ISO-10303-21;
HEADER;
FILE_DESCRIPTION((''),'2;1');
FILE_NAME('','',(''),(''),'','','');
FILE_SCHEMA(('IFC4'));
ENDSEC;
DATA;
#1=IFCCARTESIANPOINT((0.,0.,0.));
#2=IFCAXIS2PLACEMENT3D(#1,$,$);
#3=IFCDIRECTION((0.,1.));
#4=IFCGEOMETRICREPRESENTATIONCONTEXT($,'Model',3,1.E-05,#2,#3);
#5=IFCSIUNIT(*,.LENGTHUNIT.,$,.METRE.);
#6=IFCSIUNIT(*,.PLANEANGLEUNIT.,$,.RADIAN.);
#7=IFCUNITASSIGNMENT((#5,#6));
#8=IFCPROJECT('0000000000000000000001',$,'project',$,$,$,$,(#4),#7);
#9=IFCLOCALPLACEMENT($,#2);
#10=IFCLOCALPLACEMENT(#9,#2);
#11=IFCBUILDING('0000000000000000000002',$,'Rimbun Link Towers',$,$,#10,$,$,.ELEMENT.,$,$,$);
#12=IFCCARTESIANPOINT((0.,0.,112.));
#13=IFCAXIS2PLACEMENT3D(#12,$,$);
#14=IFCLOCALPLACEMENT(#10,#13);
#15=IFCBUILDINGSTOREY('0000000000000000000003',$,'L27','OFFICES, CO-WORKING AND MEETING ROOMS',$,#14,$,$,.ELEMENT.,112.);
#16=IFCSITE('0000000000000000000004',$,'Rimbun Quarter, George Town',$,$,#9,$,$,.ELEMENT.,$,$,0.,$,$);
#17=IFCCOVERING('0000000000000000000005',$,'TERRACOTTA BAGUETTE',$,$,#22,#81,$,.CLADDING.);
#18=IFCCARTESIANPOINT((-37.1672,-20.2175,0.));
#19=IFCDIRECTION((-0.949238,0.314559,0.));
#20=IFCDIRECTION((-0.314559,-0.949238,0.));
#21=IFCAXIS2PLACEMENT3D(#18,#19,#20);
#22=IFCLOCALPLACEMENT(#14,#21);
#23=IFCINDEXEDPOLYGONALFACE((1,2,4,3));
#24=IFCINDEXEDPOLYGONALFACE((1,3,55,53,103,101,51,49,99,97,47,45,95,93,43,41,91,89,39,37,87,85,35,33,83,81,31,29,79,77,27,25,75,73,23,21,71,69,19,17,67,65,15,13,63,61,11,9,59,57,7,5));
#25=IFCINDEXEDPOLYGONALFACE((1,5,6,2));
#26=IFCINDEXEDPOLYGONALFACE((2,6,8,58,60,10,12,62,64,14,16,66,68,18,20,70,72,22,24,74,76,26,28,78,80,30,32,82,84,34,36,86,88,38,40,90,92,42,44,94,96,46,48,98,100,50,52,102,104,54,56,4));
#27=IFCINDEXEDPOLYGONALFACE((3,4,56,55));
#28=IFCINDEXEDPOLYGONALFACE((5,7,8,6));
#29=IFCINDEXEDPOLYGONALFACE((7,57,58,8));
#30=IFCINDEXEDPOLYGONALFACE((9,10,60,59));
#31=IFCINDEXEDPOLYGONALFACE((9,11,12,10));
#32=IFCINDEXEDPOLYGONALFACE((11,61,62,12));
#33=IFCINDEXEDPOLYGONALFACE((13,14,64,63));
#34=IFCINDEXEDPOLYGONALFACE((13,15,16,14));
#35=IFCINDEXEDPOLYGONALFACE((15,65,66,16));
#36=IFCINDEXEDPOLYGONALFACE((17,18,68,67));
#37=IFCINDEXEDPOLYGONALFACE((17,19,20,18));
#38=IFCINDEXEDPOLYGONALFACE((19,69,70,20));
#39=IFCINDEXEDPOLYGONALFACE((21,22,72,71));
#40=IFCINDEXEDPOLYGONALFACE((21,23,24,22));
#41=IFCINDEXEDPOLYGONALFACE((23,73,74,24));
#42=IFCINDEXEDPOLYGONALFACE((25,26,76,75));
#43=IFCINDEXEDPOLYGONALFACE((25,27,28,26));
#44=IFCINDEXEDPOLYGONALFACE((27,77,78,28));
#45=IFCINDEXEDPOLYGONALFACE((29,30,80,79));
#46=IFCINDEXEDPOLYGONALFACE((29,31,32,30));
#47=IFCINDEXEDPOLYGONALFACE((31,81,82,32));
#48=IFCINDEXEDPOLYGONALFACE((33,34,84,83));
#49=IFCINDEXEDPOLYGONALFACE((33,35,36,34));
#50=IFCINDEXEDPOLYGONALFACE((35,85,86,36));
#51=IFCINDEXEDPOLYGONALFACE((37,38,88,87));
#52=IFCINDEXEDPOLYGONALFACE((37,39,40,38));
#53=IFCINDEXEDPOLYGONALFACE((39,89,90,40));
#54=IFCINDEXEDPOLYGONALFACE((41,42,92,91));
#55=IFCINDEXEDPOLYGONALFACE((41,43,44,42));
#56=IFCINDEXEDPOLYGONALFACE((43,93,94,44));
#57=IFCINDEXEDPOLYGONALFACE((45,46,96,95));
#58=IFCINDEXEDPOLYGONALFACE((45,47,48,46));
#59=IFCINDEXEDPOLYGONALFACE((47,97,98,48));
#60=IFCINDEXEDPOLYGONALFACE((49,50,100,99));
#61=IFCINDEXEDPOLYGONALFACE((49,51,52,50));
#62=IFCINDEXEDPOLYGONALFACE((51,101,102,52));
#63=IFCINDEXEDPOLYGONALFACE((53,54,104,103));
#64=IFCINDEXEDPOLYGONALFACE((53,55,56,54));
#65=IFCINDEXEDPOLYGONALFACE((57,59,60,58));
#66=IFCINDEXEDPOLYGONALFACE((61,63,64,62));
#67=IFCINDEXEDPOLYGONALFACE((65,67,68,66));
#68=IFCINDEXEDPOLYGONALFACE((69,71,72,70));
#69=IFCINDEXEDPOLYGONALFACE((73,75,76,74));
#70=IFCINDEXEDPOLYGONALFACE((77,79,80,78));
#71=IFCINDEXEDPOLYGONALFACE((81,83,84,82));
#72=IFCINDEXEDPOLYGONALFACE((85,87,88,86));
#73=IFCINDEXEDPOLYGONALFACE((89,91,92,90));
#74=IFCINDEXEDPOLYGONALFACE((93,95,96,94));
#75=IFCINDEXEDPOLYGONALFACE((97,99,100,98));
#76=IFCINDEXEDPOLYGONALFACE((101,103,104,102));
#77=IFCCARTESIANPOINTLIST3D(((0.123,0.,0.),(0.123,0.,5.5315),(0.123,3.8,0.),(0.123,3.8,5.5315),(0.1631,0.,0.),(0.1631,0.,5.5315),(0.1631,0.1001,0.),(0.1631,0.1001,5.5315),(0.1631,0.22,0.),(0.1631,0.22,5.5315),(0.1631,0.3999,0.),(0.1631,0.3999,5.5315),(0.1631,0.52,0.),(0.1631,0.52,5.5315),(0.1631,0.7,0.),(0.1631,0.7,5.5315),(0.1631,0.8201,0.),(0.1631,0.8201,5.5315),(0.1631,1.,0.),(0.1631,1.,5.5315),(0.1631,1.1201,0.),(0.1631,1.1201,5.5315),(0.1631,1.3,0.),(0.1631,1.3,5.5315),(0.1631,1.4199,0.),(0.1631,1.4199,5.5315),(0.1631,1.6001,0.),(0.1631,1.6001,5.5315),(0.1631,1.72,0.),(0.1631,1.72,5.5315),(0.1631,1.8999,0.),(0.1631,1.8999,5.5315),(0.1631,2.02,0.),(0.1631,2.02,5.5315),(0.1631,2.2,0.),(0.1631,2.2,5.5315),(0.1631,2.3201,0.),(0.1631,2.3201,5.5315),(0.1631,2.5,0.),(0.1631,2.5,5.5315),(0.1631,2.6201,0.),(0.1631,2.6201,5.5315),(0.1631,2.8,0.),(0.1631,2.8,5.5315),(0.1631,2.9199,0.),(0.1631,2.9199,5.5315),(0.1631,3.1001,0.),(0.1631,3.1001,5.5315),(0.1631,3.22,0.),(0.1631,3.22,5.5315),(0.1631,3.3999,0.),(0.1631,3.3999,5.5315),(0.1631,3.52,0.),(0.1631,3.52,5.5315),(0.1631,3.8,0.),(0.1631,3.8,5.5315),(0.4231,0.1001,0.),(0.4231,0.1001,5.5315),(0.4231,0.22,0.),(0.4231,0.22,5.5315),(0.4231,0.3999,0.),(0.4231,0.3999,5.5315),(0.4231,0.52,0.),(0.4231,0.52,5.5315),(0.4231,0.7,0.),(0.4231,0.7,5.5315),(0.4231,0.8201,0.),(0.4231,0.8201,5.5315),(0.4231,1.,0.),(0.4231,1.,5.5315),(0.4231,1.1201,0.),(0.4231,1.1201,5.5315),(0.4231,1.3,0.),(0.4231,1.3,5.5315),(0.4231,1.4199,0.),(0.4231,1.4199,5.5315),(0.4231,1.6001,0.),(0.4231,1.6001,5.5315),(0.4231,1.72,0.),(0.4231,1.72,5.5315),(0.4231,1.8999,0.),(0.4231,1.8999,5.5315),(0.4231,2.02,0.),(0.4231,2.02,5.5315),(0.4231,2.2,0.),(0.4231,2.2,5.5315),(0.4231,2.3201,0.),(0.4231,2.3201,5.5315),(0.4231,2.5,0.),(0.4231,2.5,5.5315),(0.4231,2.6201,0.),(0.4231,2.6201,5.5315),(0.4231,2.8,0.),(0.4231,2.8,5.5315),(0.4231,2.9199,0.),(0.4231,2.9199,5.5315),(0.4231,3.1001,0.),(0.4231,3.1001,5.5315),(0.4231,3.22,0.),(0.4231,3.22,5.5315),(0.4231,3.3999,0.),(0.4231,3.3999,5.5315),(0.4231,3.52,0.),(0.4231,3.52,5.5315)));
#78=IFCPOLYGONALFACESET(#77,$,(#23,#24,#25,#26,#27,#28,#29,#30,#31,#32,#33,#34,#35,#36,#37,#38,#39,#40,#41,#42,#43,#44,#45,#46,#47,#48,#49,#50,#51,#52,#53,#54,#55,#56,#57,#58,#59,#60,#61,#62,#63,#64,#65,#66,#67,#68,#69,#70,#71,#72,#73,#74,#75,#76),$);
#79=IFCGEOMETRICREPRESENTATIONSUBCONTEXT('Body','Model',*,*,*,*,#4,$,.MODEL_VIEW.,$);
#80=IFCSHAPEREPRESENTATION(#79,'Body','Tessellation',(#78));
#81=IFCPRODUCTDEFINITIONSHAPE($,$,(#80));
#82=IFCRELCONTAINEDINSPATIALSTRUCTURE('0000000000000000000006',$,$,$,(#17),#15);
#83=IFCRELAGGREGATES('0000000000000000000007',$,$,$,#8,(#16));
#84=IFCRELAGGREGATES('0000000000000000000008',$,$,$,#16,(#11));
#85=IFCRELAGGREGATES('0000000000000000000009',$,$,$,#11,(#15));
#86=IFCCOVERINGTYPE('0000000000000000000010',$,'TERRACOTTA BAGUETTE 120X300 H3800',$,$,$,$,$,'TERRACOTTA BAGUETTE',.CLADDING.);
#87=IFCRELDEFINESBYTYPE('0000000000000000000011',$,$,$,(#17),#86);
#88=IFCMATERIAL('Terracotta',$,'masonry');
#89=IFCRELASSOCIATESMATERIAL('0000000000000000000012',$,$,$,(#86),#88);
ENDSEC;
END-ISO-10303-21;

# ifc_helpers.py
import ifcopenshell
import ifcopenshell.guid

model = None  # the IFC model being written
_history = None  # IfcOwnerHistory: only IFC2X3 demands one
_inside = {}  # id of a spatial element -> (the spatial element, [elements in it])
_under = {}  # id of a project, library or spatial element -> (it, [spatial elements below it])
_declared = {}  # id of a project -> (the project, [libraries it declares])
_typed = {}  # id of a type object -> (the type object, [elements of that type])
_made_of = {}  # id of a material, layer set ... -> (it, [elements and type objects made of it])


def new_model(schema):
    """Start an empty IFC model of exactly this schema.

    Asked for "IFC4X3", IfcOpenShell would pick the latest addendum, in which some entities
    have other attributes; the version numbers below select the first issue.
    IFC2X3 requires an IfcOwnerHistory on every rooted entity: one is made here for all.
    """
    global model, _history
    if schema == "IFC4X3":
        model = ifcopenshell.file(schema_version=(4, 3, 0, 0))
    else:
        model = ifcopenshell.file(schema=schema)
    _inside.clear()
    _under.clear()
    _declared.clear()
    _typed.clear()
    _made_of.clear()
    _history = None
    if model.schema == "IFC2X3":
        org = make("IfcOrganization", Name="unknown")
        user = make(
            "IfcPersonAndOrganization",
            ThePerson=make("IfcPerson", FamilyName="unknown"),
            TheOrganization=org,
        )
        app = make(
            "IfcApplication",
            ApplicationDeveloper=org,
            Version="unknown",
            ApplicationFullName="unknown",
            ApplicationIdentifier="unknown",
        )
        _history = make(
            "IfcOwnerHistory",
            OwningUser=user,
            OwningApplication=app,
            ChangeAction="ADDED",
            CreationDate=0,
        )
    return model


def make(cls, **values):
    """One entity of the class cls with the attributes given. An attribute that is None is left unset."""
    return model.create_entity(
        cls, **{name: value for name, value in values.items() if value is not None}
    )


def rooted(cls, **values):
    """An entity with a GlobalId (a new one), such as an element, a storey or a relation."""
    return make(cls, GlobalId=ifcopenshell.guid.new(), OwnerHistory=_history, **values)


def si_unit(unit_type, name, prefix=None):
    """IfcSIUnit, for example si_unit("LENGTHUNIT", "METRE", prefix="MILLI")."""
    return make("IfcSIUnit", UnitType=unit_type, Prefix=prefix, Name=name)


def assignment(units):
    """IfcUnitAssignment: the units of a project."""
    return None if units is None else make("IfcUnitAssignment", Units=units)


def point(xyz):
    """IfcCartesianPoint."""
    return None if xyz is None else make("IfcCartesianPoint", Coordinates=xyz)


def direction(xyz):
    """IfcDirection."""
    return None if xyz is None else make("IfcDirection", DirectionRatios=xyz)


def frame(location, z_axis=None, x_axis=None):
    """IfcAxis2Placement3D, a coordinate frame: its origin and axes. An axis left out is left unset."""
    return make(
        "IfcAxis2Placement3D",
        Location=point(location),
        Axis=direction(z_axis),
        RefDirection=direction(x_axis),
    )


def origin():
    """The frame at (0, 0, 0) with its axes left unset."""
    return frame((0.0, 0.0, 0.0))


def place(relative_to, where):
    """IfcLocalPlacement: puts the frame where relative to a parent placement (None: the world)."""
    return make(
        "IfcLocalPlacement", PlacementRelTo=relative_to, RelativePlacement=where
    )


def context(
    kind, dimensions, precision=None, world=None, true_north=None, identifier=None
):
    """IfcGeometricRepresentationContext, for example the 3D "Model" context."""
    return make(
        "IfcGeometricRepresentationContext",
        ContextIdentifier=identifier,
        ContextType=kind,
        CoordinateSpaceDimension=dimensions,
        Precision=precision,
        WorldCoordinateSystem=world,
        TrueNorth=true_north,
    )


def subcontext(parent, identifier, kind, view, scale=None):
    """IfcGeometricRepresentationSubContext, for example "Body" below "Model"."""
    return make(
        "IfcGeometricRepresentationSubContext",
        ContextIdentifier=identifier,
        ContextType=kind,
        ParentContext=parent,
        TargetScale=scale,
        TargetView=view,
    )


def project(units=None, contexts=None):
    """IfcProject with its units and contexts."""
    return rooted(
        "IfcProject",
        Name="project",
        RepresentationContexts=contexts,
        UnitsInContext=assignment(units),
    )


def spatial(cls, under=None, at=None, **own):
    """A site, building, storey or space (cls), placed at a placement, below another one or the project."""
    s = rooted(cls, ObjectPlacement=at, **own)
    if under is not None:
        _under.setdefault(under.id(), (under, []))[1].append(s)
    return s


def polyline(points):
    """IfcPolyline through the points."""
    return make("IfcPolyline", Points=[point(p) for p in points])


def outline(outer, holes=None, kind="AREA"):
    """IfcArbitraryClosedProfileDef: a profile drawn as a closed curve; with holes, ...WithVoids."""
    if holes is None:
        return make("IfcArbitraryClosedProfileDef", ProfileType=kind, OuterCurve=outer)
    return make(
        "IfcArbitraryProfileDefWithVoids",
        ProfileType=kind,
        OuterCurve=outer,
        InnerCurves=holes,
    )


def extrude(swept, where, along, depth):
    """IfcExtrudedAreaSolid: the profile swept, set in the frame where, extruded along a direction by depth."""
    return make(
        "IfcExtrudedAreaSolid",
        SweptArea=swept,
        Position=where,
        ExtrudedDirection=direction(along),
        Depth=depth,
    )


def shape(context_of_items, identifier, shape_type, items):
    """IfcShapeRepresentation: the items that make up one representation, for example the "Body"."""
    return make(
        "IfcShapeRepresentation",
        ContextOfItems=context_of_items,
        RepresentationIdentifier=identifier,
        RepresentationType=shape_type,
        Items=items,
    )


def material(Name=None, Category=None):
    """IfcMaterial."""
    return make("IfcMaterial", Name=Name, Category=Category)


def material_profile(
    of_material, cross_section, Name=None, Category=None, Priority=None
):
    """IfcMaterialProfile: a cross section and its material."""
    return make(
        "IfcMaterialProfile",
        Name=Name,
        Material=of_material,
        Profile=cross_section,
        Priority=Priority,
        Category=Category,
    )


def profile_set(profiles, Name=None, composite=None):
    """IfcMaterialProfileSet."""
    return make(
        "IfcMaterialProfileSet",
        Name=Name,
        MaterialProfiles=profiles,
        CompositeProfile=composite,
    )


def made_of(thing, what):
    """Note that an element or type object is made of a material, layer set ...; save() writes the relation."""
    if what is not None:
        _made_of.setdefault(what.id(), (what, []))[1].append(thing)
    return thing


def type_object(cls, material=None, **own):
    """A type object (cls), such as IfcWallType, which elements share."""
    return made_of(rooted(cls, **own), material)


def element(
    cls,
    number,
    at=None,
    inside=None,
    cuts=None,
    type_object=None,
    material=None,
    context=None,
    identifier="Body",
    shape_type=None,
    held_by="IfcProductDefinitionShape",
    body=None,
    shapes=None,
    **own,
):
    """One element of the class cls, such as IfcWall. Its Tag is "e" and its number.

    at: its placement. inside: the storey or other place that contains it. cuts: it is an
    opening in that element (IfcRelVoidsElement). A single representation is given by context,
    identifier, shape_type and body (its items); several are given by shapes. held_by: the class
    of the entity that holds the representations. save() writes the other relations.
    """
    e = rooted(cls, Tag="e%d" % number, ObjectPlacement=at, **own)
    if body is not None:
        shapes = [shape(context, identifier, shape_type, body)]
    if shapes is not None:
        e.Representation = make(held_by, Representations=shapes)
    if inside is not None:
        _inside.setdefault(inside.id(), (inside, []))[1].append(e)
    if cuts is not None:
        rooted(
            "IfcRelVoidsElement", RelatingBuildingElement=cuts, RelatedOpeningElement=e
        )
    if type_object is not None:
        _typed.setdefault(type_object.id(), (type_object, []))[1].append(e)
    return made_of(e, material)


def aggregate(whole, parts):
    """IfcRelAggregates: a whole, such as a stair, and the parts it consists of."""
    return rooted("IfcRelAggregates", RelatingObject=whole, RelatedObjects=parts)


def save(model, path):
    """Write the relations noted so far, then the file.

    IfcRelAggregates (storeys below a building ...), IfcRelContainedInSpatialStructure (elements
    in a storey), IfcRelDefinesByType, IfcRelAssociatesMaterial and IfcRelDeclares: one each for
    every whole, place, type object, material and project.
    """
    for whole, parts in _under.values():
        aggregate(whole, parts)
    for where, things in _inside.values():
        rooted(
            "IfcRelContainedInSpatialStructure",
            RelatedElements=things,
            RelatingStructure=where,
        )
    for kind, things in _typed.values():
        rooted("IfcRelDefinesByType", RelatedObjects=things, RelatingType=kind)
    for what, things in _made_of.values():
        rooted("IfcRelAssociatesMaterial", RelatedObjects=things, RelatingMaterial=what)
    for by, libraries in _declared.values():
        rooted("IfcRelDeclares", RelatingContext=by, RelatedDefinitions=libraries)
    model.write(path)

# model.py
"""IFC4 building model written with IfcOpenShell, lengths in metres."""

from ifc_helpers import new_model, si_unit, direction, frame, origin, place, context, subcontext, project, spatial, polyline, outline, extrude, material, material_profile, profile_set, type_object, element, save


model = new_model("IFC4")

# Units and contexts
model_context = context("Model", 3, precision=1e-05, world=origin(), true_north=direction((0.0, 1.0)))
body_context = subcontext(model_context, "Body", "Model", "MODEL_VIEW")
ifc_project = project(units=[si_unit("LENGTHUNIT", "METRE"), si_unit("PLANEANGLEUNIT", "RADIAN")], contexts=[model_context])

# Site, building, storey
site_placement = place(None, origin())
site = spatial("IfcSite", under=ifc_project, at=site_placement, Name="Rimbun Quarter, George Town", CompositionType="ELEMENT", RefElevation=0.0)
building_placement = place(site_placement, origin())
building = spatial("IfcBuilding", under=site, at=building_placement, Name="Rimbun Link Towers", CompositionType="ELEMENT")
storey_placement = place(building_placement, frame((0.0, 0.0, 112.0)))
storey = spatial("IfcBuildingStorey", under=building, at=storey_placement, Name="L27", Description="OFFICES, CO-WORKING AND MEETING ROOMS", CompositionType="ELEMENT", Elevation=112.0)

# Covering
ifc_material_1 = material(Name="Terracotta", Category="masonry")
ifc_material_profile_1 = material_profile(ifc_material_1, outline(polyline([(0.123, 0.0), (0.1631, 0.0), (0.1631, 0.1001), (0.4231, 0.1001), (0.4231, 0.22), (0.1631, 0.22), (0.1631, 0.3999), (0.4231, 0.3999), (0.4231, 0.52), (0.1631, 0.52), (0.1631, 0.7), (0.4231, 0.7), (0.4231, 0.8201), (0.1631, 0.8201), (0.1631, 1.0), (0.4231, 1.0), (0.4231, 1.1201), (0.1631, 1.1201), (0.1631, 1.3), (0.4231, 1.3), (0.4231, 1.4199), (0.1631, 1.4199), (0.1631, 1.6001), (0.4231, 1.6001), (0.4231, 1.72), (0.1631, 1.72), (0.1631, 1.8999), (0.4231, 1.8999), (0.4231, 2.02), (0.1631, 2.02), (0.1631, 2.2), (0.4231, 2.2), (0.4231, 2.3201), (0.1631, 2.3201), (0.1631, 2.5), (0.4231, 2.5), (0.4231, 2.6201), (0.1631, 2.6201), (0.1631, 2.8), (0.4231, 2.8), (0.4231, 2.9199), (0.1631, 2.9199), (0.1631, 3.1001), (0.4231, 3.1001), (0.4231, 3.22), (0.1631, 3.22), (0.1631, 3.3999), (0.4231, 3.3999), (0.4231, 3.52), (0.1631, 3.52), (0.1631, 3.8), (0.123, 3.8), (0.123, 0.0)])), Name="BAGUETTE 120X300")
ifc_profile_set_1 = profile_set([ifc_material_profile_1], Name="Terracotta")
covering_type = type_object("IfcCoveringType", Name="TERRACOTTA BAGUETTE 120X300 H3800", ElementType="TERRACOTTA BAGUETTE", PredefinedType="CLADDING", material=ifc_profile_set_1)
covering_placement = place(storey_placement, frame((-37.1672, -20.2175, 0.0), z_axis=(-0.949238, 0.314559, 0.0), x_axis=(-0.314559, -0.949238, 0.0)))
element("IfcCovering", 1, at=covering_placement, inside=storey, type_object=covering_type, Name="TERRACOTTA BAGUETTE", PredefinedType="CLADDING", context=body_context, shape_type="SweptSolid", body=[
    extrude(outline(polyline([(0.123, 0.0), (0.1631, 0.0), (0.1631, 0.1001), (0.4231, 0.1001), (0.4231, 0.22), (0.1631, 0.22), (0.1631, 0.3999), (0.4231, 0.3999), (0.4231, 0.52), (0.1631, 0.52), (0.1631, 0.7), (0.4231, 0.7), (0.4231, 0.8201), (0.1631, 0.8201), (0.1631, 1.0), (0.4231, 1.0), (0.4231, 1.1201), (0.1631, 1.1201), (0.1631, 1.3), (0.4231, 1.3), (0.4231, 1.4199), (0.1631, 1.4199), (0.1631, 1.6001), (0.4231, 1.6001), (0.4231, 1.72), (0.1631, 1.72), (0.1631, 1.8999), (0.4231, 1.8999), (0.4231, 2.02), (0.1631, 2.02), (0.1631, 2.2), (0.4231, 2.2), (0.4231, 2.3201), (0.1631, 2.3201), (0.1631, 2.5), (0.4231, 2.5), (0.4231, 2.6201), (0.1631, 2.6201), (0.1631, 2.8), (0.4231, 2.8), (0.4231, 2.9199), (0.1631, 2.9199), (0.1631, 3.1001), (0.4231, 3.1001), (0.4231, 3.22), (0.1631, 3.22), (0.1631, 3.3999), (0.4231, 3.3999), (0.4231, 3.52), (0.1631, 3.52), (0.1631, 3.8), (0.123, 3.8), (0.123, 0.0)])), origin(), (0.0, 0.0, 1.0), 5.5315),
])

save(model, "model.ifc")
